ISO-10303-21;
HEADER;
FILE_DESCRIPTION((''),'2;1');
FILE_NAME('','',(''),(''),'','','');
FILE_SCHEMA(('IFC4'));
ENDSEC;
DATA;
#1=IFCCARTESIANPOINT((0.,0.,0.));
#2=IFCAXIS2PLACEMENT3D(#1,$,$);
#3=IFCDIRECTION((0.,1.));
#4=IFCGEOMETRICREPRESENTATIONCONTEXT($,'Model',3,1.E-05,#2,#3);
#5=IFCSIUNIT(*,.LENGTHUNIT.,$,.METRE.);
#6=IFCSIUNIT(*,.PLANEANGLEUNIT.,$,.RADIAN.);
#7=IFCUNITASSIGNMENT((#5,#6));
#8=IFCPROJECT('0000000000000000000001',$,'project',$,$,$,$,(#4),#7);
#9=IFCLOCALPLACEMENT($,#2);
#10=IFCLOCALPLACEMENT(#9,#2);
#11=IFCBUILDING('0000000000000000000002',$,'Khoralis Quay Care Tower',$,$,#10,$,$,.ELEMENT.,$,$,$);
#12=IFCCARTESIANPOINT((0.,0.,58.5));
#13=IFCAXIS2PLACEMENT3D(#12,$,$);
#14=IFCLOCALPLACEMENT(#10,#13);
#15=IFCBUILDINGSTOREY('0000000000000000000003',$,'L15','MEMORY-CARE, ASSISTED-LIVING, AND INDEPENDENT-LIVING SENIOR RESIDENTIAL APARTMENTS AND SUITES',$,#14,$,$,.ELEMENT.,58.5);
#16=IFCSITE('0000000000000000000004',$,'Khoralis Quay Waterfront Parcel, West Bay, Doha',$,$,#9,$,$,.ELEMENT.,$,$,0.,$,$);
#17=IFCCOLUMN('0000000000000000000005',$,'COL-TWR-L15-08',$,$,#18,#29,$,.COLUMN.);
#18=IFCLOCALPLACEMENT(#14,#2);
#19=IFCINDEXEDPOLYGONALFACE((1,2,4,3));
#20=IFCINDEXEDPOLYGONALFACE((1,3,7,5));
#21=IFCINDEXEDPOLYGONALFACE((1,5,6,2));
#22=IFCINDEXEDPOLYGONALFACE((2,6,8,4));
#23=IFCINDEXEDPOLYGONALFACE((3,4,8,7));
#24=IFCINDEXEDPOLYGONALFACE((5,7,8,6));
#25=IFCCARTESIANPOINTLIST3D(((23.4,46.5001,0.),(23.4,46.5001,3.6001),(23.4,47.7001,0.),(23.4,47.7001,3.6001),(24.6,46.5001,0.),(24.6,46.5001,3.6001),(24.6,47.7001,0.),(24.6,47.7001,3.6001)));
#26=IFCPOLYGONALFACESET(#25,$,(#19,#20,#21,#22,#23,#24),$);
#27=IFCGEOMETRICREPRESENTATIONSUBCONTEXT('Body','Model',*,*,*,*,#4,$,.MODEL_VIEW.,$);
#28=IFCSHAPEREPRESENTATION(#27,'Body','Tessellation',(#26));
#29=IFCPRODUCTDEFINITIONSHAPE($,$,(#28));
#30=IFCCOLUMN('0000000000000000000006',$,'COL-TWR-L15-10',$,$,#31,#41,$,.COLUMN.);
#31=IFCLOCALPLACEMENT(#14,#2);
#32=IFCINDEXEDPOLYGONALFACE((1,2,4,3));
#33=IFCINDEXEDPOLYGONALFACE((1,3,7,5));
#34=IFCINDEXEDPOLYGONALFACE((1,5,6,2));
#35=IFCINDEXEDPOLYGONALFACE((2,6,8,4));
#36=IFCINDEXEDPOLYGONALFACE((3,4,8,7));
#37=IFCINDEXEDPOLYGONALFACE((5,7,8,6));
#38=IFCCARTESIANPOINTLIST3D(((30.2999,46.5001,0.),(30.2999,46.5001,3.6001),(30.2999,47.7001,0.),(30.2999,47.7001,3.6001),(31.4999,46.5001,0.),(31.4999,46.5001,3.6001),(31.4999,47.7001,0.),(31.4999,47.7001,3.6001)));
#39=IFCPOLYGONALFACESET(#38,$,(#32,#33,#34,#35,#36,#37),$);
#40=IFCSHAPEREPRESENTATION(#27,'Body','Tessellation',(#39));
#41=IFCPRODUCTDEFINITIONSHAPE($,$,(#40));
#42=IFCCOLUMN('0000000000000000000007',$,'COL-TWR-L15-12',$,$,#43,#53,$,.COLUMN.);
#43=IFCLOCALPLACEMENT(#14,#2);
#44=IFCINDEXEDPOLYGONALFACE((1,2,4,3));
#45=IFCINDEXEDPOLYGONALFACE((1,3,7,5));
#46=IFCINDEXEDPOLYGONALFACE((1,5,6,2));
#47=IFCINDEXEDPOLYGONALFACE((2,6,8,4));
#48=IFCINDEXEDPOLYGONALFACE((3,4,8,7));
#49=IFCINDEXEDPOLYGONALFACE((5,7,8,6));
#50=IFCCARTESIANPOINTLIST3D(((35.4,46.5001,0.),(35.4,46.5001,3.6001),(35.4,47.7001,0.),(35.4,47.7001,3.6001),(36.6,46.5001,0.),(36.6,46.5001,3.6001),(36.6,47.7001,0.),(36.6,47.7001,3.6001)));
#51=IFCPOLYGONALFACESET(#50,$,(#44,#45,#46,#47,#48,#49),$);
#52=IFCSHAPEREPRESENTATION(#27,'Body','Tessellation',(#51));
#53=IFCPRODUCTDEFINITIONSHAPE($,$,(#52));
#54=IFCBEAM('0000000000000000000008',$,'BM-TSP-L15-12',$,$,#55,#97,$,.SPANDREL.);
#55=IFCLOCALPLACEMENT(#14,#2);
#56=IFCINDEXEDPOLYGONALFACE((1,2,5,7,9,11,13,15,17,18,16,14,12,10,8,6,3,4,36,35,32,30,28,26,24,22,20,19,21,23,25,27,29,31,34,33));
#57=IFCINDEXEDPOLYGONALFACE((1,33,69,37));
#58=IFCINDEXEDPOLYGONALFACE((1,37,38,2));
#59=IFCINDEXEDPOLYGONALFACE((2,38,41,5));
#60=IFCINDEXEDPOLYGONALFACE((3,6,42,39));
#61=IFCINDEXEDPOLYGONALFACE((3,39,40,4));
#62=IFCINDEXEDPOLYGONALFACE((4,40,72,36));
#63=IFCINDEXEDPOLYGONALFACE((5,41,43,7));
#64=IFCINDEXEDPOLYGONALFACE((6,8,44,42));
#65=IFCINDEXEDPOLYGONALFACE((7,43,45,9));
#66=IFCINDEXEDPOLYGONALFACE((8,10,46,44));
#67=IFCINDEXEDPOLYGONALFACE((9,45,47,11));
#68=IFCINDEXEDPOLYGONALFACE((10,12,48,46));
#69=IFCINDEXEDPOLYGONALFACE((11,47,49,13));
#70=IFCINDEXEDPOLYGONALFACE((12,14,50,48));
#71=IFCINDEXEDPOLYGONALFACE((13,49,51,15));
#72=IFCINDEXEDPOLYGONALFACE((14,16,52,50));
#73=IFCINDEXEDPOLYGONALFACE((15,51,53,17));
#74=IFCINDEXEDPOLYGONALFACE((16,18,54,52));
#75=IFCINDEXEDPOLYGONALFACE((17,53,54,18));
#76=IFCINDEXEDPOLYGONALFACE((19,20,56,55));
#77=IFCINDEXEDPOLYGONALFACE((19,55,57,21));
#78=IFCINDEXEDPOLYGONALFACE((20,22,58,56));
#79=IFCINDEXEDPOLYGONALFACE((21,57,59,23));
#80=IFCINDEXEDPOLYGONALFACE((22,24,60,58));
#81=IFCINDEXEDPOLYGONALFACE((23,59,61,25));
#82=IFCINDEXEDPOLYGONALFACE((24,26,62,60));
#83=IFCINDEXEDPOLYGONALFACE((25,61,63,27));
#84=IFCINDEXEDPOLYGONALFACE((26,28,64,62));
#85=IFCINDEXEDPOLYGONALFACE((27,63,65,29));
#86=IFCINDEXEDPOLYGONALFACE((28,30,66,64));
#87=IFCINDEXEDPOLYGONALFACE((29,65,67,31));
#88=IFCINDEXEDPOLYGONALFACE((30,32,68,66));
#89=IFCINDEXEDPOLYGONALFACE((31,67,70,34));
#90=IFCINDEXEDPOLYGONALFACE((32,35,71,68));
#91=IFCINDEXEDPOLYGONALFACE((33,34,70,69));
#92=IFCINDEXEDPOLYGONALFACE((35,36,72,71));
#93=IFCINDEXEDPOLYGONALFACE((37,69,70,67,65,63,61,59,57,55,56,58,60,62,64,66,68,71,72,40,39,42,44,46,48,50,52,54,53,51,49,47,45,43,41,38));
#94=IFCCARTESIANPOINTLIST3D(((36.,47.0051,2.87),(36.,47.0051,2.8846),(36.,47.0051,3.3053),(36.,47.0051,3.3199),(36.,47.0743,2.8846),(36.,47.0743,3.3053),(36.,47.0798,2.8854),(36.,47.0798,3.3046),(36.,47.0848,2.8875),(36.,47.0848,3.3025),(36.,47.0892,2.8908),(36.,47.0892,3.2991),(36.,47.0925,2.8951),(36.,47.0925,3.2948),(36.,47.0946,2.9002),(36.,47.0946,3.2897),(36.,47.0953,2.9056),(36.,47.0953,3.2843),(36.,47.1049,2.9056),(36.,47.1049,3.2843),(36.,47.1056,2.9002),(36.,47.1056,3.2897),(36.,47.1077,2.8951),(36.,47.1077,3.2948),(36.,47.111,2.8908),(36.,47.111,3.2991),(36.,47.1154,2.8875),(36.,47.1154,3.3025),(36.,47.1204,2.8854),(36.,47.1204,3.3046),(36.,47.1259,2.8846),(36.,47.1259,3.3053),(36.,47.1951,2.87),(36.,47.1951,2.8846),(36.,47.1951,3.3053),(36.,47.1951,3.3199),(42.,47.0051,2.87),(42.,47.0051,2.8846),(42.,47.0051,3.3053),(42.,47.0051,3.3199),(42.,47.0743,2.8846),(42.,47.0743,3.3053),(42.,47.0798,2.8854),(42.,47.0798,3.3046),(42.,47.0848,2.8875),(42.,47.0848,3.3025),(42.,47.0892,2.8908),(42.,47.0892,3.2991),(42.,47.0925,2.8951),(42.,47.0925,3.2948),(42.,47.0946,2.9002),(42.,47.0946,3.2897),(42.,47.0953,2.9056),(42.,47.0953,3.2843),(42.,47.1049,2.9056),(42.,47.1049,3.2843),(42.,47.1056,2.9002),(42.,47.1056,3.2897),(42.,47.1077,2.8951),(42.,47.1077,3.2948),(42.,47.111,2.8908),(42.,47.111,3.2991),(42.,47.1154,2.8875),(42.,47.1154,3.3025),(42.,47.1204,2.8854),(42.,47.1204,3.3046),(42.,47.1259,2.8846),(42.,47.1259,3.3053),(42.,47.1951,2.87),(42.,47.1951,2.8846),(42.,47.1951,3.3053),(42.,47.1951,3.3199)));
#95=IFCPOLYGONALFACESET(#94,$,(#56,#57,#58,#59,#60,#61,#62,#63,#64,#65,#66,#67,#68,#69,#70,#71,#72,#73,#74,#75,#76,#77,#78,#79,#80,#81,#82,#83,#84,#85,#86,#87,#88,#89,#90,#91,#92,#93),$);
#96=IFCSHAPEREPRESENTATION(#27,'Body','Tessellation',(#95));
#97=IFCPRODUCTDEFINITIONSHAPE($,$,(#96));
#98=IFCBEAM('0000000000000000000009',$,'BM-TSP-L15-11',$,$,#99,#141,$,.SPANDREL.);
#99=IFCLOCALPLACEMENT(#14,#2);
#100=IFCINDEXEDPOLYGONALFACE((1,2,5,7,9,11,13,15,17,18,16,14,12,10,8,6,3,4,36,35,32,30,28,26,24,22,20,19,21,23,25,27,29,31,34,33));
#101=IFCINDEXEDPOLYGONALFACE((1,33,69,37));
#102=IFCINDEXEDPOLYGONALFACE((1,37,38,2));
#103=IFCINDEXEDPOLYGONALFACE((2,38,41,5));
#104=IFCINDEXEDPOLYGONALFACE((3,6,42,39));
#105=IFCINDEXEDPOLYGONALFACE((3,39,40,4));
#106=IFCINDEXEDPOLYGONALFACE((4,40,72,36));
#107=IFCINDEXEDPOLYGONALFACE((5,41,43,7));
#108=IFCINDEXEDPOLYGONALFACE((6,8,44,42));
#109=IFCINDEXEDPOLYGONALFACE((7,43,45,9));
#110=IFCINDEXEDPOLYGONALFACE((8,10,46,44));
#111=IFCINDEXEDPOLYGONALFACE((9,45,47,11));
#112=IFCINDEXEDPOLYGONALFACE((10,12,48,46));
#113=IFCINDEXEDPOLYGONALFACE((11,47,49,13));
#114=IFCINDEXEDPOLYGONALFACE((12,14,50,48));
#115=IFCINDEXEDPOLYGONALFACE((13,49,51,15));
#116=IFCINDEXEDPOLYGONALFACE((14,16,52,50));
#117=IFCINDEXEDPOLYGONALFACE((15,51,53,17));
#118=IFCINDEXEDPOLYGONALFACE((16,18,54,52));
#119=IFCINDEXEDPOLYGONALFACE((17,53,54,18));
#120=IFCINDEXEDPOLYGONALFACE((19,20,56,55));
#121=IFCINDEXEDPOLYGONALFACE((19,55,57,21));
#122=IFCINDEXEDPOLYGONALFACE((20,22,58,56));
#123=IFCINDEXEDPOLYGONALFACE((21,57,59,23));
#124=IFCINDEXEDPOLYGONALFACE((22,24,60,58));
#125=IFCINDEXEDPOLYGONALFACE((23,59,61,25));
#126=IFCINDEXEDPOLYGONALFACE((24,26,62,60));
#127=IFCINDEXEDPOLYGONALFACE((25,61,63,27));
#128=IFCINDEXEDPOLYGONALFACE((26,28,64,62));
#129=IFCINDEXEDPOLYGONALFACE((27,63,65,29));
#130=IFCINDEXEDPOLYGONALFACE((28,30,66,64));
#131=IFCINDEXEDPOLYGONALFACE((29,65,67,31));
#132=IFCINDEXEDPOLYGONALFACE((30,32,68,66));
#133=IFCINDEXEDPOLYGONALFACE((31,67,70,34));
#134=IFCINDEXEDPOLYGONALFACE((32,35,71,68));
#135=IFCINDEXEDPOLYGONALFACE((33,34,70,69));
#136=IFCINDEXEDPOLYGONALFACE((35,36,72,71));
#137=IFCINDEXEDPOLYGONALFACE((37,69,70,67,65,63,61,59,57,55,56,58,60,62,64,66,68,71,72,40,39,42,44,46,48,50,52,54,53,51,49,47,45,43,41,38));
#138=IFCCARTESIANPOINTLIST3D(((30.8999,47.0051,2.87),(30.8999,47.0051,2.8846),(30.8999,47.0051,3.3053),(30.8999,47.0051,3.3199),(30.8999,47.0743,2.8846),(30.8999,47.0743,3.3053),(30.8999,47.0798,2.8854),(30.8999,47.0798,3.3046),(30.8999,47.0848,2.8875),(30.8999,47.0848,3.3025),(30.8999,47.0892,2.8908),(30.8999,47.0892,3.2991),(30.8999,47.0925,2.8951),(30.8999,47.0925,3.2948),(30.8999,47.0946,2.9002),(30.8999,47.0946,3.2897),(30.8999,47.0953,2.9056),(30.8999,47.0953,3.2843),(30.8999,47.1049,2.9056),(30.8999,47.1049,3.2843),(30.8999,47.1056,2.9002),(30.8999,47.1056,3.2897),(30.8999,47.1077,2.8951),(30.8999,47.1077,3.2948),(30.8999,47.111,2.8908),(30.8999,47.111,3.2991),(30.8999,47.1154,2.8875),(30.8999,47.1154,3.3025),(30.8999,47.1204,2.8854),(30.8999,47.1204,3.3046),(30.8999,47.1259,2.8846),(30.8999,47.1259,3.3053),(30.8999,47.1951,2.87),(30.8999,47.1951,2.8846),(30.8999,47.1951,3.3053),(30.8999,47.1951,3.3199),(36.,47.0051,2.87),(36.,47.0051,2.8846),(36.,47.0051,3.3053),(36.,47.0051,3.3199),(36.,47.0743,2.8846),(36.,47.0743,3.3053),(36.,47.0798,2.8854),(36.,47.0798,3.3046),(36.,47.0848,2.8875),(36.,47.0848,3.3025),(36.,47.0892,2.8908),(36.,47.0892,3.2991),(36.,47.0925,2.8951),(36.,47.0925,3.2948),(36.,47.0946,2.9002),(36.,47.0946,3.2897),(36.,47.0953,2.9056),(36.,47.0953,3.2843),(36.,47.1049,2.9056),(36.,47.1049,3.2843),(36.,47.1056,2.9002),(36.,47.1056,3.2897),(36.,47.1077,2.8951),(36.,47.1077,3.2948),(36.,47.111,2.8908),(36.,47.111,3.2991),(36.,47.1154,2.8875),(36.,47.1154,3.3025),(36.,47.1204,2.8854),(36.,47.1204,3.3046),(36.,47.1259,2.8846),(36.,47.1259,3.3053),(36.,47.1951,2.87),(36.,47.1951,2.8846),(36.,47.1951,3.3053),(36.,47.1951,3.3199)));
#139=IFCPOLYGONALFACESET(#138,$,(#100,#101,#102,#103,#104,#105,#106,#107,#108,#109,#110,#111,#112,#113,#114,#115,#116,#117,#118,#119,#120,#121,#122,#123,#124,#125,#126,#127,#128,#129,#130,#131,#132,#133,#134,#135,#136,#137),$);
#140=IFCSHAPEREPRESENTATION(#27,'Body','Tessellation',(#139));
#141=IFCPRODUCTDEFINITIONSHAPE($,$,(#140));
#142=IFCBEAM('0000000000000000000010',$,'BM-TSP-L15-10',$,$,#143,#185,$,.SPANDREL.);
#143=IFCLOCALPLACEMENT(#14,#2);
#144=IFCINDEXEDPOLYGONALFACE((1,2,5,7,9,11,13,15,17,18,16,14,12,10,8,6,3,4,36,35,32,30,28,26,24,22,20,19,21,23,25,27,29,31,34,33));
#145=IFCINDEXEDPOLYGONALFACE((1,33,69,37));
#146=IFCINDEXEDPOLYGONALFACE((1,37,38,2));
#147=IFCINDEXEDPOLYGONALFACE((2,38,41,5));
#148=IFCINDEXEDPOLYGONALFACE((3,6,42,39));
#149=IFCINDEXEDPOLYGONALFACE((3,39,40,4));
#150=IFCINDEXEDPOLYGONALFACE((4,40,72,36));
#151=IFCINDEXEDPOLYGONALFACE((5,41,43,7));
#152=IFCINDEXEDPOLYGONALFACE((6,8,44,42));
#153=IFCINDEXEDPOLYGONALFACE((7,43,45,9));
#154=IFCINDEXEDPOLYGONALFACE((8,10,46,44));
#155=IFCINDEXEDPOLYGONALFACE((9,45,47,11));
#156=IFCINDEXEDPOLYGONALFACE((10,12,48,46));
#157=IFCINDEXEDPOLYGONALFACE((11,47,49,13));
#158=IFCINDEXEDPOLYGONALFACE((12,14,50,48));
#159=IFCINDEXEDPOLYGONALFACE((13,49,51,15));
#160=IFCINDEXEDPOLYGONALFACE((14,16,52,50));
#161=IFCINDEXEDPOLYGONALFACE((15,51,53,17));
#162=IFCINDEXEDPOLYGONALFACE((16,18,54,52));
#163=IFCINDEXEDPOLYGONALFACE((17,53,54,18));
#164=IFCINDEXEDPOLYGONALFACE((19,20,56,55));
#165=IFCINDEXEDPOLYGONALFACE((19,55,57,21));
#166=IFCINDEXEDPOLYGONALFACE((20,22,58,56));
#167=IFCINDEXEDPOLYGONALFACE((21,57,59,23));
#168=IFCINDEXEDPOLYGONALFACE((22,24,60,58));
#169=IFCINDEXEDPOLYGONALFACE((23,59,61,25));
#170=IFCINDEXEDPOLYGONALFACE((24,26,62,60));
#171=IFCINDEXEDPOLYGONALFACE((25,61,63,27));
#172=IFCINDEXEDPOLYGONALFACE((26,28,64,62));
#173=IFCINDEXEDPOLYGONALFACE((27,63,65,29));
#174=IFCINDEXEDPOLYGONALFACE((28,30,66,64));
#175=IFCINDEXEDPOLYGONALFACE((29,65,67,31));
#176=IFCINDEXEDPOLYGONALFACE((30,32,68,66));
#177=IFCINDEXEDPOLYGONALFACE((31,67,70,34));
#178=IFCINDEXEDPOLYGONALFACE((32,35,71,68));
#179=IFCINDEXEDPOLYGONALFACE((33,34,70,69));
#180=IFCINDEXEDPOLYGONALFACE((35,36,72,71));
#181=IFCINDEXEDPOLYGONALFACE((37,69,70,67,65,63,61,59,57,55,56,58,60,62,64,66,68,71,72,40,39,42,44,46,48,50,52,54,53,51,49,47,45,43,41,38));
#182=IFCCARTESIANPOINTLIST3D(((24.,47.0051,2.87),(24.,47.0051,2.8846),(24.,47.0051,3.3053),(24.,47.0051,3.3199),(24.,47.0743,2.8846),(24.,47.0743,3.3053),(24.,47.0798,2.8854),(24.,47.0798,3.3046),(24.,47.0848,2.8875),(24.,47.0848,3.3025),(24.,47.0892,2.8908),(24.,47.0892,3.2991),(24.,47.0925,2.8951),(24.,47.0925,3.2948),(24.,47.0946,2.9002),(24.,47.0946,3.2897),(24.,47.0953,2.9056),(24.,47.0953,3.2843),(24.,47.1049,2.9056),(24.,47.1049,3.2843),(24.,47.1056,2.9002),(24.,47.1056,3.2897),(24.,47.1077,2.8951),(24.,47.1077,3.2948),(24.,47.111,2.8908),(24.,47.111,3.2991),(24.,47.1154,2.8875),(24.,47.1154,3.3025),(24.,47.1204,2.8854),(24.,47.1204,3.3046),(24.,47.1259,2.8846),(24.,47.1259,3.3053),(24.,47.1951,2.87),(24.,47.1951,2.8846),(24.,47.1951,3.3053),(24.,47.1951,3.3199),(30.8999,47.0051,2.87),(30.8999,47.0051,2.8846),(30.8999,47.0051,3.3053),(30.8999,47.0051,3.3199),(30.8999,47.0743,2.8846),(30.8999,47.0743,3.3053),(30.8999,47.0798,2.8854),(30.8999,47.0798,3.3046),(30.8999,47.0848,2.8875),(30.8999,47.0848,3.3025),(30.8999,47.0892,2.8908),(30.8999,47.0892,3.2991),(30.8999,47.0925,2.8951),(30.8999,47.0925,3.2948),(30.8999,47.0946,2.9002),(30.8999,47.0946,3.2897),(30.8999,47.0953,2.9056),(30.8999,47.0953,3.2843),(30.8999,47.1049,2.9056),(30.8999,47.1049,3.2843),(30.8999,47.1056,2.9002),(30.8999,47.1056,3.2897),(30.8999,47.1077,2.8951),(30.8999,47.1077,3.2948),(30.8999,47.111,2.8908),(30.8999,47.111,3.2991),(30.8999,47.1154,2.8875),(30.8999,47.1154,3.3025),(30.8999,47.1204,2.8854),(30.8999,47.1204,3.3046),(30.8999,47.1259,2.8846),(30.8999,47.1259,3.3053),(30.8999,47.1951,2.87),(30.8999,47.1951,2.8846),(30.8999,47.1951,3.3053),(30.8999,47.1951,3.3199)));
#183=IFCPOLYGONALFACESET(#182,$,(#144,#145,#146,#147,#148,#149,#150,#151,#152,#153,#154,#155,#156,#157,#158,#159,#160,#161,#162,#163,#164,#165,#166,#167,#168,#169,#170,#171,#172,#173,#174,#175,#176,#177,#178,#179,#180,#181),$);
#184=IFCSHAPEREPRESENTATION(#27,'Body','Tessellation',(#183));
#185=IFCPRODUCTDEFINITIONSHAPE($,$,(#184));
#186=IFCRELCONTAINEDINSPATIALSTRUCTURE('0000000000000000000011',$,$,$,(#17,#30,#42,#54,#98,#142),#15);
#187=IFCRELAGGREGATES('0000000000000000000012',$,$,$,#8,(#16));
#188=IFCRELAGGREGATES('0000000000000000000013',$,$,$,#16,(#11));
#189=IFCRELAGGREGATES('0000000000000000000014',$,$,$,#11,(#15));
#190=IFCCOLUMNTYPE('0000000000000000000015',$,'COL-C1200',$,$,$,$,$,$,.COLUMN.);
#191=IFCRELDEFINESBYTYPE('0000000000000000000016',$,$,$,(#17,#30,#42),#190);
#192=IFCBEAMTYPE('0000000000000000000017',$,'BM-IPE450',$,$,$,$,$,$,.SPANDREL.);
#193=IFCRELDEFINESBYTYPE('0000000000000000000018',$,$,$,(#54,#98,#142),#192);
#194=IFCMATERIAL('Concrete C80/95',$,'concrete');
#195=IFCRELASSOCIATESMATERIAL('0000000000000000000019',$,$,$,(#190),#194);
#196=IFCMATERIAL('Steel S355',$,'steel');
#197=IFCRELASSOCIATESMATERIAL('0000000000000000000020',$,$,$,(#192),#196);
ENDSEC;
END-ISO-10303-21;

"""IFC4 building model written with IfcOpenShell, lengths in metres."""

from ifc_helpers import new_model, si_unit, direction, frame, origin, origin_2d, place, context, subcontext, project, spatial, rectangle, i_section, extrude, source, transform, mapped, material, material_profile, profile_set, type_object, element, save


model = new_model("IFC4")

# Units and contexts
model_context = context("Model", 3, precision=1e-05, world=origin(), true_north=direction((0.0, 1.0)))
body_context = subcontext(model_context, "Body", "Model", "MODEL_VIEW")
ifc_project = project(units=[si_unit("LENGTHUNIT", "METRE"), si_unit("PLANEANGLEUNIT", "RADIAN")], contexts=[model_context])

# Site, building, storey
site_placement = place(None, origin())
site = spatial("IfcSite", under=ifc_project, at=site_placement, Name="Khoralis Quay Waterfront Parcel, West Bay, Doha", CompositionType="ELEMENT", RefElevation=0.0)
building_placement = place(site_placement, origin())
building = spatial("IfcBuilding", under=site, at=building_placement, Name="Khoralis Quay Care Tower", CompositionType="ELEMENT")
storey_placement = place(building_placement, frame((0.0, 0.0, 58.5)))
storey = spatial("IfcBuildingStorey", under=building, at=storey_placement, Name="L15", Description="MEMORY-CARE, ASSISTED-LIVING, AND INDEPENDENT-LIVING SENIOR RESIDENTIAL APARTMENTS AND SUITES", CompositionType="ELEMENT", Elevation=58.5)

# Columns
ifc_material_1 = material(Name="Concrete C80/95", Category="concrete")
ifc_material_profile_1 = material_profile(ifc_material_1, rectangle(XDim=1.2, YDim=1.2, at=origin_2d()), Name="Concrete C80/95")
ifc_profile_set_1 = profile_set([ifc_material_profile_1], Name="Concrete C80/95")
column_type = type_object("IfcColumnType", Name="COL-C1200", PredefinedType="COLUMN", material=ifc_profile_set_1)
shared_shape_1 = source(origin(), body_context, "Body", "SweptSolid", [
    extrude(rectangle(XDim=1.2, YDim=1.2, at=origin_2d()), origin(), (0.0, 0.0, 1.0), 3.6001),
])
for number, where, z_axis, x_axis, name in (
    (1, (24.0, 47.1001, 0.0), (0.0, 0.0, 1.0), (1.0, 0.0, 0.0), "COL-TWR-L15-08"),
    (2, (30.8999, 47.1001, 0.0), (0.0, 0.0, 1.0), (1.0, 0.0, 0.0), "COL-TWR-L15-10"),
    (3, (36.0, 47.1001, 0.0), (0.0, 0.0, 1.0), (1.0, 0.0, 0.0), "COL-TWR-L15-12"),
):
    element("IfcColumn", number, at=place(storey_placement, frame(where, z_axis=z_axis, x_axis=x_axis)), inside=storey, type_object=column_type, Name=name, PredefinedType="COLUMN", context=body_context, shape_type="MappedRepresentation", body=[
        mapped(shared_shape_1, transform((0.0, 0.0, 0.0), scale=1.0)),
    ])

# Beams
ifc_material_2 = material(Name="Steel S355", Category="steel")
ifc_material_profile_2 = material_profile(ifc_material_2, i_section(OverallWidth=0.1899, OverallDepth=0.45, WebThickness=0.0095, FlangeThickness=0.0146, FilletRadius=0.021, at=origin_2d()), Name="Steel S355")
ifc_profile_set_2 = profile_set([ifc_material_profile_2], Name="Steel S355")
beam_type_1 = type_object("IfcBeamType", Name="BM-IPE450", PredefinedType="SPANDREL", material=ifc_profile_set_2)
shared_shape_2 = source(origin(), body_context, "Body", "SweptSolid", [
    extrude(i_section(OverallWidth=0.1899, OverallDepth=0.45, WebThickness=0.0095, FlangeThickness=0.0146, FilletRadius=0.021, at=origin_2d()), origin(), (0.0, 0.0, 1.0), 6.0),
])
beam_1_placement = place(storey_placement, frame((36.0, 47.1001, 3.095), z_axis=(1.0, 0.0, 0.0), x_axis=(0.0, 1.0, 0.0)))
element("IfcBeam", 4, at=beam_1_placement, inside=storey, type_object=beam_type_1, Name="BM-TSP-L15-12", PredefinedType="SPANDREL", context=body_context, shape_type="MappedRepresentation", body=[
    mapped(shared_shape_2, transform((0.0, 0.0, 0.0), scale=1.0)),
])
shared_shape_3 = source(origin(), body_context, "Body", "SweptSolid", [
    extrude(i_section(OverallWidth=0.1899, OverallDepth=0.45, WebThickness=0.0095, FlangeThickness=0.0146, FilletRadius=0.021, at=origin_2d()), origin(), (0.0, 0.0, 1.0), 5.1001),
])
beam_2_placement = place(storey_placement, frame((30.8999, 47.1001, 3.095), z_axis=(1.0, 0.0, 0.0), x_axis=(0.0, 1.0, 0.0)))
element("IfcBeam", 5, at=beam_2_placement, inside=storey, type_object=beam_type_1, Name="BM-TSP-L15-11", PredefinedType="SPANDREL", context=body_context, shape_type="MappedRepresentation", body=[
    mapped(shared_shape_3, transform((0.0, 0.0, 0.0), scale=1.0)),
])
shared_shape_4 = source(origin(), body_context, "Body", "SweptSolid", [
    extrude(i_section(OverallWidth=0.1899, OverallDepth=0.45, WebThickness=0.0095, FlangeThickness=0.0146, FilletRadius=0.021, at=origin_2d()), origin(), (0.0, 0.0, 1.0), 6.8999),
])
beam_3_placement = place(storey_placement, frame((24.0, 47.1001, 3.095), z_axis=(1.0, 0.0, 0.0), x_axis=(0.0, 1.0, 0.0)))
element("IfcBeam", 6, at=beam_3_placement, inside=storey, type_object=beam_type_1, Name="BM-TSP-L15-10", PredefinedType="SPANDREL", context=body_context, shape_type="MappedRepresentation", body=[
    mapped(shared_shape_4, transform((0.0, 0.0, 0.0), scale=1.0)),
])

save(model, "model.ifc")
